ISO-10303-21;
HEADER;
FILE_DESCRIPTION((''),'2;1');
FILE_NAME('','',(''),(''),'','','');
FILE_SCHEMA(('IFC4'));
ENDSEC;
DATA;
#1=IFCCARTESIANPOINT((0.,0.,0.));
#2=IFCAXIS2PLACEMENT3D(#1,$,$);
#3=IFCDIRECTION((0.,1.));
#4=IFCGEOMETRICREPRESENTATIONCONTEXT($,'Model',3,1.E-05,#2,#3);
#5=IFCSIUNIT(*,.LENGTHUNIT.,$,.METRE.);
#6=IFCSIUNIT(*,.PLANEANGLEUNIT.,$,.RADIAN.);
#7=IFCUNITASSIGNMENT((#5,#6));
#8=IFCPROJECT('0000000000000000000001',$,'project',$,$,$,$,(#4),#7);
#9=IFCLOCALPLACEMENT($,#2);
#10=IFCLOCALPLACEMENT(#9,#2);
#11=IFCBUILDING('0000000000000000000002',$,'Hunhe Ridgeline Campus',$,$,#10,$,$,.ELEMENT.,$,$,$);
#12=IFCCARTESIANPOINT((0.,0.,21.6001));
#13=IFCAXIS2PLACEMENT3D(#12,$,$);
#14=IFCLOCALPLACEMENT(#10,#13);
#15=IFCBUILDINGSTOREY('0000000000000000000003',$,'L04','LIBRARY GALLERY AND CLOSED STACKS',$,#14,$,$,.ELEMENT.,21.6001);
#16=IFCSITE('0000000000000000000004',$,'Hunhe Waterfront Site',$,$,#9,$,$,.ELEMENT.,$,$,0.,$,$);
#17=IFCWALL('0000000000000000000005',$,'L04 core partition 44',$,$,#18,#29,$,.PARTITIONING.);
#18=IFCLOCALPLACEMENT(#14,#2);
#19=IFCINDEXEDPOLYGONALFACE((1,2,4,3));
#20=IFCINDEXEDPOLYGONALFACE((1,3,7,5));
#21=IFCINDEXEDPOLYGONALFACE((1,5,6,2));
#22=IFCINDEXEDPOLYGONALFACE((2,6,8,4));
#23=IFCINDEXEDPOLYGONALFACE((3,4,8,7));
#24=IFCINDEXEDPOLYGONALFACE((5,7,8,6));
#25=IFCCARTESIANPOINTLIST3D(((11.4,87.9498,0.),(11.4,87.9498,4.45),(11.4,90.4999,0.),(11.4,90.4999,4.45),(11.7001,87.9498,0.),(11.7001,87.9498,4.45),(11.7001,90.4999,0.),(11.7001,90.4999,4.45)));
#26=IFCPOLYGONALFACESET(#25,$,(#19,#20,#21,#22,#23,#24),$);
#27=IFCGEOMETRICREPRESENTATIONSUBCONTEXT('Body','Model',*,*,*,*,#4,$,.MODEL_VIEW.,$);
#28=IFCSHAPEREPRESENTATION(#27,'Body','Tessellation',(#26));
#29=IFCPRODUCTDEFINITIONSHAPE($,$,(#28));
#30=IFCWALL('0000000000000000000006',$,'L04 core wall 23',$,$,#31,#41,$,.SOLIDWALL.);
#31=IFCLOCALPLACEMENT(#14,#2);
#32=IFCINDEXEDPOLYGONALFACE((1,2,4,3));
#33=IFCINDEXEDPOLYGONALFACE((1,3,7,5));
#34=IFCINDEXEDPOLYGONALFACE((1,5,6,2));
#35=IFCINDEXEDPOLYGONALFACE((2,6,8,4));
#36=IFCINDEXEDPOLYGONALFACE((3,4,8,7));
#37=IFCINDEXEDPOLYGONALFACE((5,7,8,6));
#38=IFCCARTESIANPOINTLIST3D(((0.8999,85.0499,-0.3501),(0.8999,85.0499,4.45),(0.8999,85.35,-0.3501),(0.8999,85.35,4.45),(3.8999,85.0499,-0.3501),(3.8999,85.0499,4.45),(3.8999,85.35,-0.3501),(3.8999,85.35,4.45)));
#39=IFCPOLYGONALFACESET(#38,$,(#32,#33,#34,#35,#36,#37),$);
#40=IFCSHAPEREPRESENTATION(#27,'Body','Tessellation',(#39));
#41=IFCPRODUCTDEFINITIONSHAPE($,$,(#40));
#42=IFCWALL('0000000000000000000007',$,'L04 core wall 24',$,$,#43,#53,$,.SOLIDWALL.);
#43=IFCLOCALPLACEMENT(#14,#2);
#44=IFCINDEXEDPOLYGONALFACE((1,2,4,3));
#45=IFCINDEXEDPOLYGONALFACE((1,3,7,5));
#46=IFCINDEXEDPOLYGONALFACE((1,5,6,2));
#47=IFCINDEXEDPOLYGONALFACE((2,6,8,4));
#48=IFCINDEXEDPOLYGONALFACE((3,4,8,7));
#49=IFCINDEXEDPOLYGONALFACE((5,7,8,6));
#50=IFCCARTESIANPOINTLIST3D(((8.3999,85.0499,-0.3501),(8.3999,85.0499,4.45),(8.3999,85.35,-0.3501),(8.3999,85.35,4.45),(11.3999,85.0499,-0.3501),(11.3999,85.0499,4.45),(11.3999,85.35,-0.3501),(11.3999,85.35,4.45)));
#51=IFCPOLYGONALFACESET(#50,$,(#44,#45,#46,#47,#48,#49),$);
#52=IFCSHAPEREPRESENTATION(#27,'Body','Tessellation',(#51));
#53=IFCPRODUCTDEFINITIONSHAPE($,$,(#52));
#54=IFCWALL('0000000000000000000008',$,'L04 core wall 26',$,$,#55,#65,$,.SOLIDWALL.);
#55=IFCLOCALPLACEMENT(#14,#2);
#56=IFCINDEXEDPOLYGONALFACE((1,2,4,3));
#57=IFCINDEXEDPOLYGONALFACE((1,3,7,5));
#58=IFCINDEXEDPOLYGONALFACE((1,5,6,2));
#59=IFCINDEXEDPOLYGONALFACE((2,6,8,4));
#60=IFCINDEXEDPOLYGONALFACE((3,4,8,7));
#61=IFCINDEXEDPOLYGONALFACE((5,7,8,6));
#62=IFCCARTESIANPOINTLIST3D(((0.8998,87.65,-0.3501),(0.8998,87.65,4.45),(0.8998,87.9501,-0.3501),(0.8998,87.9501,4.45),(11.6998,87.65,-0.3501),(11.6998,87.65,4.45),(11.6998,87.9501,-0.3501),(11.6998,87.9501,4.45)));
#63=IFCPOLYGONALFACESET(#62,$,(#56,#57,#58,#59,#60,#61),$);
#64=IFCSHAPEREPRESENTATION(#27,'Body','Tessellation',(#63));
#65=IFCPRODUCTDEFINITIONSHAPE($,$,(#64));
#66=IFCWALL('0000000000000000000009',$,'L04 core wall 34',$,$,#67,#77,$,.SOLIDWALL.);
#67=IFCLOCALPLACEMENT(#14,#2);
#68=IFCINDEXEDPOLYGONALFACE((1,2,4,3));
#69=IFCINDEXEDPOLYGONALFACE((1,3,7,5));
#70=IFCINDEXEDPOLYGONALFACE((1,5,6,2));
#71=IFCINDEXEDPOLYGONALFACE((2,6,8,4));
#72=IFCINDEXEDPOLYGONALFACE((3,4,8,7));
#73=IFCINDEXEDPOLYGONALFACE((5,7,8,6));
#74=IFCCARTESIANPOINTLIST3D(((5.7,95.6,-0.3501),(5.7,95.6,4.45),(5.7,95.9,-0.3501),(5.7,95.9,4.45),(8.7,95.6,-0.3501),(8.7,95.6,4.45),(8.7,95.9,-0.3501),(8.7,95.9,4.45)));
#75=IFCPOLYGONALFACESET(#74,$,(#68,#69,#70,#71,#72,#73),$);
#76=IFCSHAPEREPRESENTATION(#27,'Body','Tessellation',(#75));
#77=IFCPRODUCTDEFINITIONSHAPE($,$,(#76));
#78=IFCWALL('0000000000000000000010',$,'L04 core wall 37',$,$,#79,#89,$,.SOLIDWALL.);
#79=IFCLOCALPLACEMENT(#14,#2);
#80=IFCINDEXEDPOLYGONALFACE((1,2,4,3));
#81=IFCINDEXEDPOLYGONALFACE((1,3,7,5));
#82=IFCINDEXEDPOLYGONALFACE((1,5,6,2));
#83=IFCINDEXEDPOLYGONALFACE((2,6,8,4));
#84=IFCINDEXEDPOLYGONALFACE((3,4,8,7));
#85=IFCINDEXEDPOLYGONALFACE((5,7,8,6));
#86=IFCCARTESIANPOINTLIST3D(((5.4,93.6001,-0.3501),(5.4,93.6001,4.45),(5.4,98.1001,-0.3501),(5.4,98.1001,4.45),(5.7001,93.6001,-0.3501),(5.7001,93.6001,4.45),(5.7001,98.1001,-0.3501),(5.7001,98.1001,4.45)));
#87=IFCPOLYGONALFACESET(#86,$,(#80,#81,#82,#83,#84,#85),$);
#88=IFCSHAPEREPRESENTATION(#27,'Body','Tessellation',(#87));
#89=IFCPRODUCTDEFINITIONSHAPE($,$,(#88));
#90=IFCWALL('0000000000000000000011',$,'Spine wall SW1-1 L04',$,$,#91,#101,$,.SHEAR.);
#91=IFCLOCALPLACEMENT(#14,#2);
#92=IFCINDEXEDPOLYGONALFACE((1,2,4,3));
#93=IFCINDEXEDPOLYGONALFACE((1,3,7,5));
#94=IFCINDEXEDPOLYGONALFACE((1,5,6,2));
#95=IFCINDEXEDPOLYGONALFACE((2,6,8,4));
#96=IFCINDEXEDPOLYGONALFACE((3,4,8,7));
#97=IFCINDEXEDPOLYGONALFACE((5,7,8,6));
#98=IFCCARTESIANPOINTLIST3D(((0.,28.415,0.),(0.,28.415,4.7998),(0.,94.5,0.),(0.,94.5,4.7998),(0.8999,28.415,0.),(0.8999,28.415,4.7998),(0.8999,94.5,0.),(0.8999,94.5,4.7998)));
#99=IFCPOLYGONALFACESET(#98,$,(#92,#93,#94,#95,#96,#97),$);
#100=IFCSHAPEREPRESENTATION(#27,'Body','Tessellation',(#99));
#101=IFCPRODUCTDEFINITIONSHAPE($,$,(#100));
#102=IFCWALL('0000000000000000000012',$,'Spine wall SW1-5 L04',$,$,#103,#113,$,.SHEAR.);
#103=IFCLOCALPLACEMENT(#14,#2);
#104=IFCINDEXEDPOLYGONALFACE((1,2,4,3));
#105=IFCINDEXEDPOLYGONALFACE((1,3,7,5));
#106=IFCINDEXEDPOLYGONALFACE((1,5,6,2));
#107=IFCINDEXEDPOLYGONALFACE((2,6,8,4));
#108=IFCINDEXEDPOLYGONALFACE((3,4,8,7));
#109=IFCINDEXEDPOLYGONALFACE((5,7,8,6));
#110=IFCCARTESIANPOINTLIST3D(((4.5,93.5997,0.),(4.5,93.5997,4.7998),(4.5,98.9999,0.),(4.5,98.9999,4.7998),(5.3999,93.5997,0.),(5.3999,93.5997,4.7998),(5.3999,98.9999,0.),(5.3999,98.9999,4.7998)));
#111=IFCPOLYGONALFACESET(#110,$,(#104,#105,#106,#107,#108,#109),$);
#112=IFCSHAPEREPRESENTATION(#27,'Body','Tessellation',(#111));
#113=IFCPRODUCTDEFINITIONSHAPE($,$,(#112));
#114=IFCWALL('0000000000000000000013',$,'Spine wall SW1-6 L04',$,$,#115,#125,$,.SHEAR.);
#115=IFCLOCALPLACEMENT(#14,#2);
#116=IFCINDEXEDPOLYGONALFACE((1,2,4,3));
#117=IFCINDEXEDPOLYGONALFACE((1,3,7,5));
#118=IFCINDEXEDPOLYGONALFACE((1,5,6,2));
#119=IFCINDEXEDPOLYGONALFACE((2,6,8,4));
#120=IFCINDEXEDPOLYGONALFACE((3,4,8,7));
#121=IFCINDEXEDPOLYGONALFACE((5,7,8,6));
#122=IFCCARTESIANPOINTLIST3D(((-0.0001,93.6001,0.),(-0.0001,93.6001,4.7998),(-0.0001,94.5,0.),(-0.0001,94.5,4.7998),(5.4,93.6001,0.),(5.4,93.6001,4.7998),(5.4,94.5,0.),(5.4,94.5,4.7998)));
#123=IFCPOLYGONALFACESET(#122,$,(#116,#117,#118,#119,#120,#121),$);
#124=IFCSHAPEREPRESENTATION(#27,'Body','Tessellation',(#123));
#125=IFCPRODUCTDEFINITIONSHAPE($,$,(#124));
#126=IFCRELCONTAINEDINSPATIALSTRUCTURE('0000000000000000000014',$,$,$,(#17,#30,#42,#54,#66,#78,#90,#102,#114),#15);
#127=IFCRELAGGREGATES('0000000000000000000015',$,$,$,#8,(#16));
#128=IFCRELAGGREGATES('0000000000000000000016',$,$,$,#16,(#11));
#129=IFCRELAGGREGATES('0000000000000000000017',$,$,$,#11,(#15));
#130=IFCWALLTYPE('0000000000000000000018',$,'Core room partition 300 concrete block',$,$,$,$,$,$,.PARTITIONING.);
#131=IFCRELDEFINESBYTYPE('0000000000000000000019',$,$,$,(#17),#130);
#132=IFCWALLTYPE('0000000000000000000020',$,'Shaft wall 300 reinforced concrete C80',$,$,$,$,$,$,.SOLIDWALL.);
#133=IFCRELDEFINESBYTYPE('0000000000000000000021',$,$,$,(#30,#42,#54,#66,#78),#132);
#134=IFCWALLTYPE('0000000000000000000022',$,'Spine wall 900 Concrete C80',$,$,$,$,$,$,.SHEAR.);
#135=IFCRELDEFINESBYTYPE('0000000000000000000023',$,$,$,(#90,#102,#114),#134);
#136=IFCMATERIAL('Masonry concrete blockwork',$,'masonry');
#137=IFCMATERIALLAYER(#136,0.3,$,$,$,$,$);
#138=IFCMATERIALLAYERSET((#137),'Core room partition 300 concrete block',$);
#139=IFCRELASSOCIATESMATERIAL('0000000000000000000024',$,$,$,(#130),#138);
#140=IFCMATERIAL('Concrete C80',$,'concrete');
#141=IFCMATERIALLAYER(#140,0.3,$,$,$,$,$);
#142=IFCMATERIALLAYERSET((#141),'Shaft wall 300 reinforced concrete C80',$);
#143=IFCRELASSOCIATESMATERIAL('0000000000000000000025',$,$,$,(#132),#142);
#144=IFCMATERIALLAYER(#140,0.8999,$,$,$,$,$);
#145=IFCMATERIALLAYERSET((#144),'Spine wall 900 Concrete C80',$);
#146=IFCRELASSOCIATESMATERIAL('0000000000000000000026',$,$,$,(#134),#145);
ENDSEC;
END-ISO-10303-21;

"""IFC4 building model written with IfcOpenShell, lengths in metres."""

from ifc_helpers import new_model, si_unit, direction, frame, frame_2d, origin, place, context, subcontext, project, spatial, rectangle, extrude, material, layer, layer_set, type_object, element, save


model = new_model("IFC4")

# Units and contexts
model_context = context("Model", 3, precision=1e-05, world=origin(), true_north=direction((0.0, 1.0)))
body_context = subcontext(model_context, "Body", "Model", "MODEL_VIEW")
ifc_project = project(units=[si_unit("LENGTHUNIT", "METRE"), si_unit("PLANEANGLEUNIT", "RADIAN")], contexts=[model_context])

# Site, building, storey
site_placement = place(None, origin())
site = spatial("IfcSite", under=ifc_project, at=site_placement, Name="Hunhe Waterfront Site", CompositionType="ELEMENT", RefElevation=0.0)
building_placement = place(site_placement, origin())
building = spatial("IfcBuilding", under=site, at=building_placement, Name="Hunhe Ridgeline Campus", CompositionType="ELEMENT")
storey_placement = place(building_placement, frame((0.0, 0.0, 21.6001)))
storey = spatial("IfcBuildingStorey", under=building, at=storey_placement, Name="L04", Description="LIBRARY GALLERY AND CLOSED STACKS", CompositionType="ELEMENT", Elevation=21.6001)

# Wall
ifc_material_1 = material(Name="Masonry concrete blockwork", Category="masonry")
ifc_layer_1 = layer(ifc_material_1, 0.3)
ifc_layer_set_1 = layer_set([ifc_layer_1], Name="Core room partition 300 concrete block")
wall_type_1 = type_object("IfcWallType", Name="Core room partition 300 concrete block", PredefinedType="PARTITIONING", material=ifc_layer_set_1)
wall_1_placement = place(storey_placement, frame((11.55, 87.95, 0.0), z_axis=(0.0, 0.0, 1.0), x_axis=(0.0, 1.0, 0.0)))
element("IfcWall", 1, at=wall_1_placement, inside=storey, type_object=wall_type_1, Name="L04 core partition 44", PredefinedType="PARTITIONING", context=body_context, shape_type="SweptSolid", body=[
    extrude(rectangle(XDim=2.55, YDim=0.3, at=frame_2d((1.2749, 0.0))), origin(), (0.0, 0.0, 1.0), 4.45),
])

# Shared definitions
ifc_material_2 = material(Name="Concrete C80", Category="concrete")

# Walls
ifc_layer_2 = layer(ifc_material_2, 0.3)
ifc_layer_set_2 = layer_set([ifc_layer_2], Name="Shaft wall 300 reinforced concrete C80")
wall_type_2 = type_object("IfcWallType", Name="Shaft wall 300 reinforced concrete C80", PredefinedType="SOLIDWALL", material=ifc_layer_set_2)
for number, where, z_axis, x_axis, name in (
    (2, (0.8999, 85.2, -0.3501), (0.0, 0.0, 1.0), (1.0, 0.0, 0.0), "L04 core wall 23"),
    (3, (8.3999, 85.2, -0.3501), (0.0, 0.0, 1.0), (1.0, 0.0, 0.0), "L04 core wall 24"),
):
    element("IfcWall", number, at=place(storey_placement, frame(where, z_axis=z_axis, x_axis=x_axis)), inside=storey, type_object=wall_type_2, Name=name, PredefinedType="SOLIDWALL", context=body_context, shape_type="SweptSolid", body=[
        extrude(rectangle(XDim=3.0, YDim=0.3, at=frame_2d((1.5, 0.0))), origin(), (0.0, 0.0, 1.0), 4.8),
    ])
wall_2_placement = place(storey_placement, frame((0.8999, 87.8, -0.3501), z_axis=(0.0, 0.0, 1.0), x_axis=(1.0, 0.0, 0.0)))
element("IfcWall", 4, at=wall_2_placement, inside=storey, type_object=wall_type_2, Name="L04 core wall 26", PredefinedType="SOLIDWALL", context=body_context, shape_type="SweptSolid", body=[
    extrude(rectangle(XDim=10.8, YDim=0.3, at=frame_2d((5.3999, 0.0))), origin(), (0.0, 0.0, 1.0), 4.8),
])

# Walls
wall_3_placement = place(storey_placement, frame((5.7, 95.75, -0.3501), z_axis=(0.0, 0.0, 1.0), x_axis=(1.0, 0.0, 0.0)))
element("IfcWall", 5, at=wall_3_placement, inside=storey, type_object=wall_type_2, Name="L04 core wall 34", PredefinedType="SOLIDWALL", context=body_context, shape_type="SweptSolid", body=[
    extrude(rectangle(XDim=3.0, YDim=0.3, at=frame_2d((1.5, 0.0))), origin(), (0.0, 0.0, 1.0), 4.8),
])
wall_4_placement = place(storey_placement, frame((5.55, 93.6001, -0.3501), z_axis=(0.0, 0.0, 1.0), x_axis=(0.0, 1.0, 0.0)))
element("IfcWall", 6, at=wall_4_placement, inside=storey, type_object=wall_type_2, Name="L04 core wall 37", PredefinedType="SOLIDWALL", context=body_context, shape_type="SweptSolid", body=[
    extrude(rectangle(XDim=4.5, YDim=0.3, at=frame_2d((2.25, 0.0))), origin(), (0.0, 0.0, 1.0), 4.8),
])

# Walls
ifc_layer_3 = layer(ifc_material_2, 0.8999)
ifc_layer_set_3 = layer_set([ifc_layer_3], Name="Spine wall 900 Concrete C80")
wall_type_3 = type_object("IfcWallType", Name="Spine wall 900 Concrete C80", PredefinedType="SHEAR", material=ifc_layer_set_3)
wall_5_placement = place(storey_placement, frame((0.45, 94.5, 0.0), z_axis=(0.0, 0.0, 1.0), x_axis=(0.0, -1.0, 0.0)))
element("IfcWall", 7, at=wall_5_placement, inside=storey, type_object=wall_type_3, Name="Spine wall SW1-1 L04", PredefinedType="SHEAR", context=body_context, shape_type="SweptSolid", body=[
    extrude(rectangle(XDim=66.085, YDim=0.8999, at=frame_2d((33.0425, 0.0))), origin(), (0.0, 0.0, 1.0), 4.7998),
])
for number, where, z_axis, x_axis, name in (
    (8, (4.95, 99.0, 0.0), (0.0, 0.0, 1.0), (0.0, -1.0, 0.0), "Spine wall SW1-5 L04"),
    (9, (5.4001, 94.05, 0.0), (0.0, 0.0, 1.0), (-1.0, 0.0, 0.0), "Spine wall SW1-6 L04"),
):
    element("IfcWall", number, at=place(storey_placement, frame(where, z_axis=z_axis, x_axis=x_axis)), inside=storey, type_object=wall_type_3, Name=name, PredefinedType="SHEAR", context=body_context, shape_type="SweptSolid", body=[
        extrude(rectangle(XDim=5.4001, YDim=0.8999, at=frame_2d((2.7002, 0.0))), origin(), (0.0, 0.0, 1.0), 4.7998),
    ])

save(model, "model.ifc")
